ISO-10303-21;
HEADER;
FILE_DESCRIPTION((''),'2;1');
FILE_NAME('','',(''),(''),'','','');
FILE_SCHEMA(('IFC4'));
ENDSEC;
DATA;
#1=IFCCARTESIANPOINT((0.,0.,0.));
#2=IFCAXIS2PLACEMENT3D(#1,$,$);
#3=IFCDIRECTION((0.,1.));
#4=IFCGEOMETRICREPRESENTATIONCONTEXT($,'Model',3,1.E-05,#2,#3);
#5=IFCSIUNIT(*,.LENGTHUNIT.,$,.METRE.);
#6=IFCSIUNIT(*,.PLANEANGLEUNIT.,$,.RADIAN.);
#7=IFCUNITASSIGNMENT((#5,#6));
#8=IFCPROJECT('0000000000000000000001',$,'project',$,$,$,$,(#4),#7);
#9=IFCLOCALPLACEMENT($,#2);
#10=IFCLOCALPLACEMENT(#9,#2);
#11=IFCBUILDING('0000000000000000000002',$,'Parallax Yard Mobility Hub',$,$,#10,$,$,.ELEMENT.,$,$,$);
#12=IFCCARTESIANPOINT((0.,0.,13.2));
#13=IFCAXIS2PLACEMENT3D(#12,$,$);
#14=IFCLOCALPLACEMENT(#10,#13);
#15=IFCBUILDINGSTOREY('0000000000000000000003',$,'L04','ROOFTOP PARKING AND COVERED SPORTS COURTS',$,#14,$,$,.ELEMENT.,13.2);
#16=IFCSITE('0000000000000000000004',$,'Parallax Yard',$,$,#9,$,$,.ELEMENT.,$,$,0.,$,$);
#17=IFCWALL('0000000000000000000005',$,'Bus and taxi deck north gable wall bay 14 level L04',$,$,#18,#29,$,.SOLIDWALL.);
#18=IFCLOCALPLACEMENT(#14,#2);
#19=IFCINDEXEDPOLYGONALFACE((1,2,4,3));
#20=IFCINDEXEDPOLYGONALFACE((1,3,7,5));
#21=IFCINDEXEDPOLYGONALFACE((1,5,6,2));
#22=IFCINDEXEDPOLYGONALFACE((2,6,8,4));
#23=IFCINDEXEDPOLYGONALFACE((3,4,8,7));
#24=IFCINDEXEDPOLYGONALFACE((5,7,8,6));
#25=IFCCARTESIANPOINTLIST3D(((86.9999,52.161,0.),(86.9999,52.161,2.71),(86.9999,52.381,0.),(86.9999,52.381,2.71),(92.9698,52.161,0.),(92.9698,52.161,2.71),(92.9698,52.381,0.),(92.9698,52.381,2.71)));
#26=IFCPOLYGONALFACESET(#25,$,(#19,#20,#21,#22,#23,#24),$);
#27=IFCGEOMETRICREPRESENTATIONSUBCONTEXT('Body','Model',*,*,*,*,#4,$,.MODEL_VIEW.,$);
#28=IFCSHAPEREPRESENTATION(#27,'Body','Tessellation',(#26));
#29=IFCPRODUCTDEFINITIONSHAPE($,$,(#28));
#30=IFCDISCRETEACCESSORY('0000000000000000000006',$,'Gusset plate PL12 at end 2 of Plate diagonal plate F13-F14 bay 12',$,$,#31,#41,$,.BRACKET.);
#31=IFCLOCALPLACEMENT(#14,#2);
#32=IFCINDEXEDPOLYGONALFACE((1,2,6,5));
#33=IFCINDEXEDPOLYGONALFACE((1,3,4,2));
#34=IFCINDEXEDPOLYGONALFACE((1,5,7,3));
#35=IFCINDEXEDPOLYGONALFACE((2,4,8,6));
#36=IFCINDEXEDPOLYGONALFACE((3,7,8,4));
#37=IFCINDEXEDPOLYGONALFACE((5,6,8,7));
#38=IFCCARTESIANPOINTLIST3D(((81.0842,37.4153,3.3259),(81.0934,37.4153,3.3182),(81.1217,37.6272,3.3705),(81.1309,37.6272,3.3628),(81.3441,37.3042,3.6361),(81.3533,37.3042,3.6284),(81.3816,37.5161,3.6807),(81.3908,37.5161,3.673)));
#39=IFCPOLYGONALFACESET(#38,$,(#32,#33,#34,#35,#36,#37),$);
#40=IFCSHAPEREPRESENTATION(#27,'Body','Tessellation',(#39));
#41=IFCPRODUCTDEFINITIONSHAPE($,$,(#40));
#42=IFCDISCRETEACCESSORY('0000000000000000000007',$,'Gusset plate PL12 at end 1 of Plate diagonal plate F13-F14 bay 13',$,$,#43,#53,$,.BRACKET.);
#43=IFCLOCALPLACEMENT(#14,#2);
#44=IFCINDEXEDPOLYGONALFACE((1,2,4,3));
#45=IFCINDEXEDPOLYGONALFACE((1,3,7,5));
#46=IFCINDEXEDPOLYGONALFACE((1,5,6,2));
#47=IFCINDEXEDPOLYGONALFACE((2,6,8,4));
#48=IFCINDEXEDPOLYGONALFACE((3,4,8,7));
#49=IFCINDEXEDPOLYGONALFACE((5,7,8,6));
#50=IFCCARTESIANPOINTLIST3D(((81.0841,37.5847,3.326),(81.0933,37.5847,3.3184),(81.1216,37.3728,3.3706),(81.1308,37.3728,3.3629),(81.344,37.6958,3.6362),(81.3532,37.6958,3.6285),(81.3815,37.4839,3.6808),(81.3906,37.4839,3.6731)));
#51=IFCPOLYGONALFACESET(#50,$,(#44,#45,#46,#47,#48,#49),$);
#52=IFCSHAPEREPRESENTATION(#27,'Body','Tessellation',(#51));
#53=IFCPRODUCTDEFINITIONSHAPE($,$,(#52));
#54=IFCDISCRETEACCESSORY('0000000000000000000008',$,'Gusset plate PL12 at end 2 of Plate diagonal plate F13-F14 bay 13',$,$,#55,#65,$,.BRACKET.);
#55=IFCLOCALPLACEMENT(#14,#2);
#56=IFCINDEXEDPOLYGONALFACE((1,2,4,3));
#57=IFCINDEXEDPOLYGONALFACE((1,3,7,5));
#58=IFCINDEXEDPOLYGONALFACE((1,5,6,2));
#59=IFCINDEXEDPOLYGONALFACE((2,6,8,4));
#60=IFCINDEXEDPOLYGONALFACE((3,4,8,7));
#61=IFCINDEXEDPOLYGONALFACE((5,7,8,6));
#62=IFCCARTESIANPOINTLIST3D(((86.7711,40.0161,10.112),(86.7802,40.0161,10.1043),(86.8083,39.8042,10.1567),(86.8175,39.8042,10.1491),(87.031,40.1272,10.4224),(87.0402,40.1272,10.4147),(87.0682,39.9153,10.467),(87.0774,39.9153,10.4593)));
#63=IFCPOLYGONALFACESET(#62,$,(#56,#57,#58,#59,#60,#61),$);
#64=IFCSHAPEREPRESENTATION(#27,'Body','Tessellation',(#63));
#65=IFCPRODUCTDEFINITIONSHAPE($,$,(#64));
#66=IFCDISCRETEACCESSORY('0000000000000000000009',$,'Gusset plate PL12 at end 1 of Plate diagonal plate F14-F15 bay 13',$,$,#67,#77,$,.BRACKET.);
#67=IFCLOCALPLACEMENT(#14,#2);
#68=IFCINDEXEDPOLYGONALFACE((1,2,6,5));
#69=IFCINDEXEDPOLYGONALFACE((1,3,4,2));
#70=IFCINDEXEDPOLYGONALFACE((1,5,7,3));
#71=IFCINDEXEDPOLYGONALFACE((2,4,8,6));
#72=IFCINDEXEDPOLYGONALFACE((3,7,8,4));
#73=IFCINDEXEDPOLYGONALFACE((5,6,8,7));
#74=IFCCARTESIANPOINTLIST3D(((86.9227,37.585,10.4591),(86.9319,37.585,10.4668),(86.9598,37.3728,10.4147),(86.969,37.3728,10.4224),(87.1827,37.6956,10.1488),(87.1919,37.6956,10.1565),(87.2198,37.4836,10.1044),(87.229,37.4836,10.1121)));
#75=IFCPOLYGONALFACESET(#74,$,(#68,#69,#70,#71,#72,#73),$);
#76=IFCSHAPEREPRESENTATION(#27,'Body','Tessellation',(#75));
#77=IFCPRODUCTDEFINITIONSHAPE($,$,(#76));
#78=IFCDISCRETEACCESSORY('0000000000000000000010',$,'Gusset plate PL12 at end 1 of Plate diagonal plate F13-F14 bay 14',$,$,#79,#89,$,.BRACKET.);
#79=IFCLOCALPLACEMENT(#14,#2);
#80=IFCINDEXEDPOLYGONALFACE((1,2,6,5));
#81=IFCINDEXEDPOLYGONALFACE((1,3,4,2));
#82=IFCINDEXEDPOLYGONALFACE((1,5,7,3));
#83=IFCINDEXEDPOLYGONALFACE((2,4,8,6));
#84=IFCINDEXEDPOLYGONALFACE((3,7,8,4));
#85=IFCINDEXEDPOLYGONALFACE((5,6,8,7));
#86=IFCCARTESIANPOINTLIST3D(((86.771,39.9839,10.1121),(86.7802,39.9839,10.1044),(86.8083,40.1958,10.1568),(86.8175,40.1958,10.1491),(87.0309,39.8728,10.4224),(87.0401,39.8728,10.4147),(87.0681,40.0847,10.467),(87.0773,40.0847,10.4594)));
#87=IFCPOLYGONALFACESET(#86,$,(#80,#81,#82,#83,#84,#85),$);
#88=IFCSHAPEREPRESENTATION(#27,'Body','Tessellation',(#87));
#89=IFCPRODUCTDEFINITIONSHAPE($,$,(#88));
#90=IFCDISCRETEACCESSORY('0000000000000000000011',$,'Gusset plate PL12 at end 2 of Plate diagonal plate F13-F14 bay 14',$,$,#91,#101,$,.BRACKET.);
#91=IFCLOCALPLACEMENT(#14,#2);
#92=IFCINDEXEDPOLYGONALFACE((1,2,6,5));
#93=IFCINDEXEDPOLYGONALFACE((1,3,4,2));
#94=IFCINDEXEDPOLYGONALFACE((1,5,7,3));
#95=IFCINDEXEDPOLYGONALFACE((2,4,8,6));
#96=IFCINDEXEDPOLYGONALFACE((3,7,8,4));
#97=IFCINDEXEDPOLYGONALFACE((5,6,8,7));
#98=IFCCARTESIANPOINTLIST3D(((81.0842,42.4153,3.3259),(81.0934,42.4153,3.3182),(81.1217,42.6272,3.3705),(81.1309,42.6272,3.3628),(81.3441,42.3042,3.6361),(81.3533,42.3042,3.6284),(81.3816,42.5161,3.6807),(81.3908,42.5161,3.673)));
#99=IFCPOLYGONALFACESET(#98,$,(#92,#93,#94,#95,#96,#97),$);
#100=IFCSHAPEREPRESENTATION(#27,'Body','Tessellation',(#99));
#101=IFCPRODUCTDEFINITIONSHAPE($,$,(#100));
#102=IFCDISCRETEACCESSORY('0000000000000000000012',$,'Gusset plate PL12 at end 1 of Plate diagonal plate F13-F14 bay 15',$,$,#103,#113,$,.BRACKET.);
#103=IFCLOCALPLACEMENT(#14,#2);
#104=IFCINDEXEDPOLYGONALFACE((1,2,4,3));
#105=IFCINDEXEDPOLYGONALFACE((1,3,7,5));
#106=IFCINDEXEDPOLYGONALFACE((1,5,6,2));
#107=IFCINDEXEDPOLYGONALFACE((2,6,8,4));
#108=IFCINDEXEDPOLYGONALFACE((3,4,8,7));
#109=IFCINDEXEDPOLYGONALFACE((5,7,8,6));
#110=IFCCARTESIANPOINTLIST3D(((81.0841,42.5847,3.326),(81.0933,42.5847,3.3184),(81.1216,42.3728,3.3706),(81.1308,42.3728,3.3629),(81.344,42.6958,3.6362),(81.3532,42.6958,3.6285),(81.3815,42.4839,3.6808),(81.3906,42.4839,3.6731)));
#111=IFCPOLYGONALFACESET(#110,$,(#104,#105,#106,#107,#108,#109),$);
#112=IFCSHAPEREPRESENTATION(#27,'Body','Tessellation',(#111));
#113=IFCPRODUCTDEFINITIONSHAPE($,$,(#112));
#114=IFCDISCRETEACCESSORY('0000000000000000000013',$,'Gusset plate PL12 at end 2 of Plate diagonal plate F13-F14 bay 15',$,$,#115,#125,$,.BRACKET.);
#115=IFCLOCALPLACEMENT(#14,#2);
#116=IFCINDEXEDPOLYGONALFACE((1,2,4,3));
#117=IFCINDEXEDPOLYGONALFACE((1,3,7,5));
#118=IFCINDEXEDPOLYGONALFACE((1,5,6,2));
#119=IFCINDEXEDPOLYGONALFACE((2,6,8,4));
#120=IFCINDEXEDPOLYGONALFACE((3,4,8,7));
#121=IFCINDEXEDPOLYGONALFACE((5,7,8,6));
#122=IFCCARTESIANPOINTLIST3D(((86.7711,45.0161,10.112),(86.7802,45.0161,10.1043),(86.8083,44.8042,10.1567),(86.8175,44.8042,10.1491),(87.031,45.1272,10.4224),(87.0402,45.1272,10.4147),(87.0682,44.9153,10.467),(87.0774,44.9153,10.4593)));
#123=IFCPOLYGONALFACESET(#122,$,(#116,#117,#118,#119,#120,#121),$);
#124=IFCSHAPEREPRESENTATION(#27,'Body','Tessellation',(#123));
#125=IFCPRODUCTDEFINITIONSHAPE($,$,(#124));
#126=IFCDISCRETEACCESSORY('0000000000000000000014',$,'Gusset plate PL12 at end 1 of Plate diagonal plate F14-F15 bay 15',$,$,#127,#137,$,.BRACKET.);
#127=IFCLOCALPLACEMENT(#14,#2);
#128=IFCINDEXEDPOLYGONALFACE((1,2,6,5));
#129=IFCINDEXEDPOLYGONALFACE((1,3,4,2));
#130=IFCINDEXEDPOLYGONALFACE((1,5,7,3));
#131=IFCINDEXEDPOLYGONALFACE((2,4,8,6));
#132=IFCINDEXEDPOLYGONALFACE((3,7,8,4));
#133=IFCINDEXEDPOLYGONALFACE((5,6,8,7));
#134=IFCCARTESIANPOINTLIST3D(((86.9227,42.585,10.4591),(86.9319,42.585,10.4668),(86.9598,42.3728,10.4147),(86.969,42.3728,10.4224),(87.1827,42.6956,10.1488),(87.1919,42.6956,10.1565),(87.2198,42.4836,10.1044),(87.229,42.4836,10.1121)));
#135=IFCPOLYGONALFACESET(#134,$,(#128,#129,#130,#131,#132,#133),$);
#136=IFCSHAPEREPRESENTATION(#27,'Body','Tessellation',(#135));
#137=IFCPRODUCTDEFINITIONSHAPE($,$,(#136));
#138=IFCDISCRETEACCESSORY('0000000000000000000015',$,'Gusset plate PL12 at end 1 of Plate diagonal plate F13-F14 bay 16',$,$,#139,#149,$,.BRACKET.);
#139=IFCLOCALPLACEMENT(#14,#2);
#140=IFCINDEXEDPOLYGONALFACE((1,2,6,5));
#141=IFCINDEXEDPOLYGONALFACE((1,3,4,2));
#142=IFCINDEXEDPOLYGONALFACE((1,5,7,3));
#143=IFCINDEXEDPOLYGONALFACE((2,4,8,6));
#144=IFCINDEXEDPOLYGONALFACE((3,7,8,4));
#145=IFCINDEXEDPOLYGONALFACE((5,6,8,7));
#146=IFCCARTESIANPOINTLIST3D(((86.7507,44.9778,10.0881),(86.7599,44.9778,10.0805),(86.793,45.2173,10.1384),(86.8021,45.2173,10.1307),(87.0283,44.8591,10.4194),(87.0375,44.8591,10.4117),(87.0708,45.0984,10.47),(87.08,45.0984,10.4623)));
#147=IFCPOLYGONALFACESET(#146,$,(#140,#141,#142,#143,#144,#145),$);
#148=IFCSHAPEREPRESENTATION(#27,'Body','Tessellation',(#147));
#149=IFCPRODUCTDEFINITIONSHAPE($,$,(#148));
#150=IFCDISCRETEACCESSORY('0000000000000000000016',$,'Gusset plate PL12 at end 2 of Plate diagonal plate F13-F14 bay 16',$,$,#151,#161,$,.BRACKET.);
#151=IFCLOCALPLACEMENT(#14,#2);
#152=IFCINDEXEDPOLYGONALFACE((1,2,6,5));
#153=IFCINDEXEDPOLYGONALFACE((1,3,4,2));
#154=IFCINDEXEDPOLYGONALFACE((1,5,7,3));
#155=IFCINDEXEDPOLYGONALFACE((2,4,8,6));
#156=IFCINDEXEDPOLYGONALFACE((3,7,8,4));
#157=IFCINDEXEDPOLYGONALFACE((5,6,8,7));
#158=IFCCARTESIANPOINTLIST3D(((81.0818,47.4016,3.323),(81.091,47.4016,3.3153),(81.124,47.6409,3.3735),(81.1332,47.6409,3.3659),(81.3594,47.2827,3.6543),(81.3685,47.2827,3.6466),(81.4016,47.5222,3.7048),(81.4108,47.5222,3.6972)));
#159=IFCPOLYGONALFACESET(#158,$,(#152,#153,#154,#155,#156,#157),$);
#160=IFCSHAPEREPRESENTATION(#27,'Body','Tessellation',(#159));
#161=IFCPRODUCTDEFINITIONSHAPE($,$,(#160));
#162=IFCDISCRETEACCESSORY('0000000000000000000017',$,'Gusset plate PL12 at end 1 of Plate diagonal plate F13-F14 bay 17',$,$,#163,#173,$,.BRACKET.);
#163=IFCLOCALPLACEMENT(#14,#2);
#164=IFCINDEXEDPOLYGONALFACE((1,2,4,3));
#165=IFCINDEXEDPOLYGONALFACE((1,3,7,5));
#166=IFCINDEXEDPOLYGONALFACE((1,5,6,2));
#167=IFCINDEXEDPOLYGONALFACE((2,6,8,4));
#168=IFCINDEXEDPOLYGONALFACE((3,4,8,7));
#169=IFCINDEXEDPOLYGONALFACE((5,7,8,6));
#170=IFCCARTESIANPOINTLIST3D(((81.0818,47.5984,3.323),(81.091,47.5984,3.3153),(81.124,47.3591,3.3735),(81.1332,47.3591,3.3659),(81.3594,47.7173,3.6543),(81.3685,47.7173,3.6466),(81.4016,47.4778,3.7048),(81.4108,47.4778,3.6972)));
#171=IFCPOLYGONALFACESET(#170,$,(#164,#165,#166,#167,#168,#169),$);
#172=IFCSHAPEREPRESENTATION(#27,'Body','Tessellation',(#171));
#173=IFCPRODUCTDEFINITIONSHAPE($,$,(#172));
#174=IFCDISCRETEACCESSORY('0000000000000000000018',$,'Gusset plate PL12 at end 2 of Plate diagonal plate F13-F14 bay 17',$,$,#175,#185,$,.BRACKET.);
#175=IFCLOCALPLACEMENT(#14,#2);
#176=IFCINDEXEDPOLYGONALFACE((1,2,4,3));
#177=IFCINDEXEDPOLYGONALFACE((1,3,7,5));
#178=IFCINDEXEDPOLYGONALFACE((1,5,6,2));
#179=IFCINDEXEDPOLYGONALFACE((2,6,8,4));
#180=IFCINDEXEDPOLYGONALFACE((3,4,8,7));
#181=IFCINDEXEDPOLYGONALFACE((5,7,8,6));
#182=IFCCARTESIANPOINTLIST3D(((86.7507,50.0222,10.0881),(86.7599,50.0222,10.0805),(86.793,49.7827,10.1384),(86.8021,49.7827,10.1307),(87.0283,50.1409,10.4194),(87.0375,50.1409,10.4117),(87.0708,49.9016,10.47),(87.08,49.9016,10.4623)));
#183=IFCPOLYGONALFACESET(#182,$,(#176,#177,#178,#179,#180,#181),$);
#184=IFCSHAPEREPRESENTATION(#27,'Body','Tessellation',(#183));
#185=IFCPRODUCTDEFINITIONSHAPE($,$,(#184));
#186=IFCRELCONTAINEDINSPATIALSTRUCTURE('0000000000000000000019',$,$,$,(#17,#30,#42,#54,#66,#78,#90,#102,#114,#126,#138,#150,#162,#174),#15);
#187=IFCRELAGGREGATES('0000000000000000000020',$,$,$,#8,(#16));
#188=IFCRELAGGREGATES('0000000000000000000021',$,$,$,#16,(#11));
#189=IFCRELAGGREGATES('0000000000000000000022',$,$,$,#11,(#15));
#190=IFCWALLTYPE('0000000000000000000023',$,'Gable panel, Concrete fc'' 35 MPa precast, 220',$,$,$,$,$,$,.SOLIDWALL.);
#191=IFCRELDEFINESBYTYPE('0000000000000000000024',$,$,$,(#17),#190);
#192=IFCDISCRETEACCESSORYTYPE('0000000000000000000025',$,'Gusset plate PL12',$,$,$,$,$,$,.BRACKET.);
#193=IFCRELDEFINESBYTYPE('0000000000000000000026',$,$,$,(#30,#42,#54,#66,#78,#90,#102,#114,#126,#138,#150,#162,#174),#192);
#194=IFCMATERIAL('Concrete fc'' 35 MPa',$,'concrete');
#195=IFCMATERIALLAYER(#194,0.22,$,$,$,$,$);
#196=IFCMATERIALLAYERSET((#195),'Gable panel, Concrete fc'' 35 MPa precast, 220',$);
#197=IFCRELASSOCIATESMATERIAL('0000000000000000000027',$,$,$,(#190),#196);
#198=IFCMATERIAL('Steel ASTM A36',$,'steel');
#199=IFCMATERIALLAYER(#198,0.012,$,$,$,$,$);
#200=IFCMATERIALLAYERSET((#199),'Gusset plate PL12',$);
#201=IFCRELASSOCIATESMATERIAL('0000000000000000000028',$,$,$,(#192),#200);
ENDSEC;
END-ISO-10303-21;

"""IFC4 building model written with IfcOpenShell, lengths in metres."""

from ifc_helpers import new_model, si_unit, direction, frame, frame_2d, origin, place, context, subcontext, project, spatial, polyline, rectangle, outline, extrude, material, layer, layer_set, type_object, element, save


model = new_model("IFC4")

# Units and contexts
model_context = context("Model", 3, precision=1e-05, world=origin(), true_north=direction((0.0, 1.0)))
body_context = subcontext(model_context, "Body", "Model", "MODEL_VIEW")
ifc_project = project(units=[si_unit("LENGTHUNIT", "METRE"), si_unit("PLANEANGLEUNIT", "RADIAN")], contexts=[model_context])

# Site, building, storey
site_placement = place(None, origin())
site = spatial("IfcSite", under=ifc_project, at=site_placement, Name="Parallax Yard", CompositionType="ELEMENT", RefElevation=0.0)
building_placement = place(site_placement, origin())
building = spatial("IfcBuilding", under=site, at=building_placement, Name="Parallax Yard Mobility Hub", CompositionType="ELEMENT")
storey_placement = place(building_placement, frame((0.0, 0.0, 13.2)))
storey = spatial("IfcBuildingStorey", under=building, at=storey_placement, Name="L04", Description="ROOFTOP PARKING AND COVERED SPORTS COURTS", CompositionType="ELEMENT", Elevation=13.2)

# Wall
ifc_material_1 = material(Name="Concrete fc' 35 MPa", Category="concrete")
ifc_layer_1 = layer(ifc_material_1, 0.22)
ifc_layer_set_1 = layer_set([ifc_layer_1], Name="Gable panel, Concrete fc' 35 MPa precast, 220")
wall_type = type_object("IfcWallType", Name="Gable panel, Concrete fc' 35 MPa precast, 220", PredefinedType="SOLIDWALL", material=ifc_layer_set_1)
wall_placement = place(storey_placement, frame((87.0, 52.271, 0.0), z_axis=(0.0, 0.0, 1.0), x_axis=(1.0, 0.0, 0.0)))
element("IfcWall", 1, at=wall_placement, inside=storey, type_object=wall_type, Name="Bus and taxi deck north gable wall bay 14 level L04", PredefinedType="SOLIDWALL", context=body_context, shape_type="SweptSolid", body=[
    extrude(rectangle(XDim=5.97, YDim=0.22, at=frame_2d((2.9849, 0.0))), origin(), (0.0, 0.0, 1.0), 2.71),
])

# Discrete accessories
ifc_material_2 = material(Name="Steel ASTM A36", Category="steel")
ifc_layer_2 = layer(ifc_material_2, 0.012)
ifc_layer_set_2 = layer_set([ifc_layer_2], Name="Gusset plate PL12")
discrete_accessory_type = type_object("IfcDiscreteAccessoryType", Name="Gusset plate PL12", PredefinedType="BRACKET", material=ifc_layer_set_2)
discrete_accessory_1_placement = place(storey_placement, frame((81.3816, 37.5161, 3.6807), z_axis=(-0.766427, 0.000485, 0.642331), x_axis=(-0.619317, 0.264725, -0.739166)))
element("IfcDiscreteAccessory", 2, at=discrete_accessory_1_placement, inside=storey, type_object=discrete_accessory_type, Name="Gusset plate PL12 at end 2 of Plate diagonal plate F13-F14 bay 12", PredefinedType="BRACKET", context=body_context, shape_type="SweptSolid", body=[
    extrude(outline(polyline([(0.0, 0.0), (0.4196, 0.0), (0.4197, 0.2198), (0.0, 0.2198), (0.0, 0.0)])), origin(), (0.0, 0.0, -1.0), 0.012),
])
discrete_accessory_2_placement = place(storey_placement, frame((81.344, 37.6958, 3.6362), z_axis=(-0.766427, -0.000485, 0.642331), x_axis=(-0.61932, -0.264707, -0.73917)))
element("IfcDiscreteAccessory", 3, at=discrete_accessory_2_placement, inside=storey, type_object=discrete_accessory_type, Name="Gusset plate PL12 at end 1 of Plate diagonal plate F13-F14 bay 13", PredefinedType="BRACKET", context=body_context, shape_type="SweptSolid", body=[
    extrude(outline(polyline([(0.0, 0.0), (0.4196, 0.0), (0.4196, 0.2198), (0.0, 0.2198), (0.0, 0.0)])), origin(), (0.0, 0.0, -1.0), 0.012),
])
discrete_accessory_3_placement = place(storey_placement, frame((86.8083, 39.8042, 10.1567), z_axis=(-0.766748, 0.000631, 0.641948), x_axis=(0.619177, 0.264707, 0.73929)))
element("IfcDiscreteAccessory", 4, at=discrete_accessory_3_placement, inside=storey, type_object=discrete_accessory_type, Name="Gusset plate PL12 at end 2 of Plate diagonal plate F13-F14 bay 13", PredefinedType="BRACKET", context=body_context, shape_type="SweptSolid", body=[
    extrude(outline(polyline([(0.0, 0.0), (0.4196, 0.0), (0.4197, 0.2197), (-0.0001, 0.2198), (0.0, 0.0)])), origin(), (0.0, 0.0, -1.0), 0.012),
])
discrete_accessory_4_placement = place(storey_placement, frame((87.1919, 37.6956, 10.1565), z_axis=(0.766561, -0.000412, 0.642172), x_axis=(-0.619555, -0.263529, 0.739394)))
element("IfcDiscreteAccessory", 5, at=discrete_accessory_4_placement, inside=storey, type_object=discrete_accessory_type, Name="Gusset plate PL12 at end 1 of Plate diagonal plate F14-F15 bay 13", PredefinedType="BRACKET", context=body_context, shape_type="SweptSolid", body=[
    extrude(outline(polyline([(0.0, 0.0), (0.4197, 0.0), (0.4197, 0.2199), (0.0, 0.2197), (0.0, 0.0)])), origin(), (0.0, 0.0, -1.0), 0.012),
])
discrete_accessory_5_placement = place(storey_placement, frame((86.771, 39.9839, 10.1121), z_axis=(-0.766748, -0.000631, 0.641948), x_axis=(0.619194, -0.264611, 0.73931)))
element("IfcDiscreteAccessory", 6, at=discrete_accessory_5_placement, inside=storey, type_object=discrete_accessory_type, Name="Gusset plate PL12 at end 1 of Plate diagonal plate F13-F14 bay 14", PredefinedType="BRACKET", context=body_context, shape_type="SweptSolid", body=[
    extrude(outline(polyline([(0.0, 0.0), (0.4198, 0.0), (0.4197, 0.2197), (0.0001, 0.2198), (0.0, 0.0)])), origin(), (0.0, 0.0, -1.0), 0.012),
])
discrete_accessory_6_placement = place(storey_placement, frame((81.3816, 42.5161, 3.6807), z_axis=(-0.766427, 0.000485, 0.642331), x_axis=(-0.619317, 0.264725, -0.739166)))
element("IfcDiscreteAccessory", 7, at=discrete_accessory_6_placement, inside=storey, type_object=discrete_accessory_type, Name="Gusset plate PL12 at end 2 of Plate diagonal plate F13-F14 bay 14", PredefinedType="BRACKET", context=body_context, shape_type="SweptSolid", body=[
    extrude(outline(polyline([(0.0, 0.0), (0.4196, 0.0), (0.4197, 0.2198), (0.0, 0.2198), (0.0, 0.0)])), origin(), (0.0, 0.0, -1.0), 0.012),
])
discrete_accessory_7_placement = place(storey_placement, frame((81.344, 42.6958, 3.6362), z_axis=(-0.766427, -0.000485, 0.642331), x_axis=(-0.61932, -0.264707, -0.73917)))
element("IfcDiscreteAccessory", 8, at=discrete_accessory_7_placement, inside=storey, type_object=discrete_accessory_type, Name="Gusset plate PL12 at end 1 of Plate diagonal plate F13-F14 bay 15", PredefinedType="BRACKET", context=body_context, shape_type="SweptSolid", body=[
    extrude(outline(polyline([(0.0, 0.0), (0.4196, 0.0), (0.4196, 0.2198), (0.0, 0.2198), (0.0, 0.0)])), origin(), (0.0, 0.0, -1.0), 0.012),
])
discrete_accessory_8_placement = place(storey_placement, frame((86.8083, 44.8042, 10.1567), z_axis=(-0.766748, 0.000631, 0.641948), x_axis=(0.619177, 0.264707, 0.73929)))
element("IfcDiscreteAccessory", 9, at=discrete_accessory_8_placement, inside=storey, type_object=discrete_accessory_type, Name="Gusset plate PL12 at end 2 of Plate diagonal plate F13-F14 bay 15", PredefinedType="BRACKET", context=body_context, shape_type="SweptSolid", body=[
    extrude(outline(polyline([(0.0, 0.0), (0.4196, 0.0), (0.4197, 0.2197), (-0.0001, 0.2198), (0.0, 0.0)])), origin(), (0.0, 0.0, -1.0), 0.012),
])
discrete_accessory_9_placement = place(storey_placement, frame((87.1919, 42.6956, 10.1565), z_axis=(0.766561, -0.000412, 0.642172), x_axis=(-0.619555, -0.263529, 0.739394)))
element("IfcDiscreteAccessory", 10, at=discrete_accessory_9_placement, inside=storey, type_object=discrete_accessory_type, Name="Gusset plate PL12 at end 1 of Plate diagonal plate F14-F15 bay 15", PredefinedType="BRACKET", context=body_context, shape_type="SweptSolid", body=[
    extrude(outline(polyline([(0.0, 0.0), (0.4197, 0.0), (0.4197, 0.2199), (0.0, 0.2197), (0.0, 0.0)])), origin(), (0.0, 0.0, -1.0), 0.012),
])
discrete_accessory_10_placement = place(storey_placement, frame((86.7507, 44.9778, 10.0881), z_axis=(-0.766423, 0.000339, 0.642336), x_axis=(0.619351, -0.264725, 0.739138)))
element("IfcDiscreteAccessory", 11, at=discrete_accessory_10_placement, inside=storey, type_object=discrete_accessory_type, Name="Gusset plate PL12 at end 1 of Plate diagonal plate F13-F14 bay 16", PredefinedType="BRACKET", context=body_context, shape_type="SweptSolid", body=[
    extrude(outline(polyline([(0.0, 0.0), (0.4482, 0.0), (0.4485, 0.2482), (-0.0001, 0.2483), (0.0, 0.0)])), origin(), (0.0, 0.0, -1.0), 0.012),
])
discrete_accessory_11_placement = place(storey_placement, frame((81.4016, 47.5222, 3.7048), z_axis=(-0.766562, -0.00032, 0.64217), x_axis=(-0.619325, 0.264725, -0.73916)))
element("IfcDiscreteAccessory", 12, at=discrete_accessory_11_placement, inside=storey, type_object=discrete_accessory_type, Name="Gusset plate PL12 at end 2 of Plate diagonal plate F13-F14 bay 16", PredefinedType="BRACKET", context=body_context, shape_type="SweptSolid", body=[
    extrude(outline(polyline([(0.0, 0.0), (0.4482, 0.0), (0.4484, 0.2482), (0.0001, 0.2484), (0.0, 0.0)])), origin(), (0.0, 0.0, -1.0), 0.012),
])
discrete_accessory_12_placement = place(storey_placement, frame((81.3594, 47.7173, 3.6543), z_axis=(-0.766562, 0.00032, 0.64217), x_axis=(-0.619236, -0.265231, -0.739053)))
element("IfcDiscreteAccessory", 13, at=discrete_accessory_12_placement, inside=storey, type_object=discrete_accessory_type, Name="Gusset plate PL12 at end 1 of Plate diagonal plate F13-F14 bay 17", PredefinedType="BRACKET", context=body_context, shape_type="SweptSolid", body=[
    extrude(outline(polyline([(0.0, 0.0), (0.4483, 0.0), (0.4482, 0.2482), (0.0, 0.2484), (0.0, 0.0)])), origin(), (0.0, 0.0, -1.0), 0.012),
])
discrete_accessory_13_placement = place(storey_placement, frame((86.793, 49.7827, 10.1384), z_axis=(-0.766423, -0.000339, 0.642336), x_axis=(0.619296, 0.265035, 0.739073)))
element("IfcDiscreteAccessory", 14, at=discrete_accessory_13_placement, inside=storey, type_object=discrete_accessory_type, Name="Gusset plate PL12 at end 2 of Plate diagonal plate F13-F14 bay 17", PredefinedType="BRACKET", context=body_context, shape_type="SweptSolid", body=[
    extrude(outline(polyline([(0.0, 0.0), (0.4486, 0.0), (0.4484, 0.2482), (0.0001, 0.2483), (0.0, 0.0)])), origin(), (0.0, 0.0, -1.0), 0.012),
])

save(model, "model.ifc")
